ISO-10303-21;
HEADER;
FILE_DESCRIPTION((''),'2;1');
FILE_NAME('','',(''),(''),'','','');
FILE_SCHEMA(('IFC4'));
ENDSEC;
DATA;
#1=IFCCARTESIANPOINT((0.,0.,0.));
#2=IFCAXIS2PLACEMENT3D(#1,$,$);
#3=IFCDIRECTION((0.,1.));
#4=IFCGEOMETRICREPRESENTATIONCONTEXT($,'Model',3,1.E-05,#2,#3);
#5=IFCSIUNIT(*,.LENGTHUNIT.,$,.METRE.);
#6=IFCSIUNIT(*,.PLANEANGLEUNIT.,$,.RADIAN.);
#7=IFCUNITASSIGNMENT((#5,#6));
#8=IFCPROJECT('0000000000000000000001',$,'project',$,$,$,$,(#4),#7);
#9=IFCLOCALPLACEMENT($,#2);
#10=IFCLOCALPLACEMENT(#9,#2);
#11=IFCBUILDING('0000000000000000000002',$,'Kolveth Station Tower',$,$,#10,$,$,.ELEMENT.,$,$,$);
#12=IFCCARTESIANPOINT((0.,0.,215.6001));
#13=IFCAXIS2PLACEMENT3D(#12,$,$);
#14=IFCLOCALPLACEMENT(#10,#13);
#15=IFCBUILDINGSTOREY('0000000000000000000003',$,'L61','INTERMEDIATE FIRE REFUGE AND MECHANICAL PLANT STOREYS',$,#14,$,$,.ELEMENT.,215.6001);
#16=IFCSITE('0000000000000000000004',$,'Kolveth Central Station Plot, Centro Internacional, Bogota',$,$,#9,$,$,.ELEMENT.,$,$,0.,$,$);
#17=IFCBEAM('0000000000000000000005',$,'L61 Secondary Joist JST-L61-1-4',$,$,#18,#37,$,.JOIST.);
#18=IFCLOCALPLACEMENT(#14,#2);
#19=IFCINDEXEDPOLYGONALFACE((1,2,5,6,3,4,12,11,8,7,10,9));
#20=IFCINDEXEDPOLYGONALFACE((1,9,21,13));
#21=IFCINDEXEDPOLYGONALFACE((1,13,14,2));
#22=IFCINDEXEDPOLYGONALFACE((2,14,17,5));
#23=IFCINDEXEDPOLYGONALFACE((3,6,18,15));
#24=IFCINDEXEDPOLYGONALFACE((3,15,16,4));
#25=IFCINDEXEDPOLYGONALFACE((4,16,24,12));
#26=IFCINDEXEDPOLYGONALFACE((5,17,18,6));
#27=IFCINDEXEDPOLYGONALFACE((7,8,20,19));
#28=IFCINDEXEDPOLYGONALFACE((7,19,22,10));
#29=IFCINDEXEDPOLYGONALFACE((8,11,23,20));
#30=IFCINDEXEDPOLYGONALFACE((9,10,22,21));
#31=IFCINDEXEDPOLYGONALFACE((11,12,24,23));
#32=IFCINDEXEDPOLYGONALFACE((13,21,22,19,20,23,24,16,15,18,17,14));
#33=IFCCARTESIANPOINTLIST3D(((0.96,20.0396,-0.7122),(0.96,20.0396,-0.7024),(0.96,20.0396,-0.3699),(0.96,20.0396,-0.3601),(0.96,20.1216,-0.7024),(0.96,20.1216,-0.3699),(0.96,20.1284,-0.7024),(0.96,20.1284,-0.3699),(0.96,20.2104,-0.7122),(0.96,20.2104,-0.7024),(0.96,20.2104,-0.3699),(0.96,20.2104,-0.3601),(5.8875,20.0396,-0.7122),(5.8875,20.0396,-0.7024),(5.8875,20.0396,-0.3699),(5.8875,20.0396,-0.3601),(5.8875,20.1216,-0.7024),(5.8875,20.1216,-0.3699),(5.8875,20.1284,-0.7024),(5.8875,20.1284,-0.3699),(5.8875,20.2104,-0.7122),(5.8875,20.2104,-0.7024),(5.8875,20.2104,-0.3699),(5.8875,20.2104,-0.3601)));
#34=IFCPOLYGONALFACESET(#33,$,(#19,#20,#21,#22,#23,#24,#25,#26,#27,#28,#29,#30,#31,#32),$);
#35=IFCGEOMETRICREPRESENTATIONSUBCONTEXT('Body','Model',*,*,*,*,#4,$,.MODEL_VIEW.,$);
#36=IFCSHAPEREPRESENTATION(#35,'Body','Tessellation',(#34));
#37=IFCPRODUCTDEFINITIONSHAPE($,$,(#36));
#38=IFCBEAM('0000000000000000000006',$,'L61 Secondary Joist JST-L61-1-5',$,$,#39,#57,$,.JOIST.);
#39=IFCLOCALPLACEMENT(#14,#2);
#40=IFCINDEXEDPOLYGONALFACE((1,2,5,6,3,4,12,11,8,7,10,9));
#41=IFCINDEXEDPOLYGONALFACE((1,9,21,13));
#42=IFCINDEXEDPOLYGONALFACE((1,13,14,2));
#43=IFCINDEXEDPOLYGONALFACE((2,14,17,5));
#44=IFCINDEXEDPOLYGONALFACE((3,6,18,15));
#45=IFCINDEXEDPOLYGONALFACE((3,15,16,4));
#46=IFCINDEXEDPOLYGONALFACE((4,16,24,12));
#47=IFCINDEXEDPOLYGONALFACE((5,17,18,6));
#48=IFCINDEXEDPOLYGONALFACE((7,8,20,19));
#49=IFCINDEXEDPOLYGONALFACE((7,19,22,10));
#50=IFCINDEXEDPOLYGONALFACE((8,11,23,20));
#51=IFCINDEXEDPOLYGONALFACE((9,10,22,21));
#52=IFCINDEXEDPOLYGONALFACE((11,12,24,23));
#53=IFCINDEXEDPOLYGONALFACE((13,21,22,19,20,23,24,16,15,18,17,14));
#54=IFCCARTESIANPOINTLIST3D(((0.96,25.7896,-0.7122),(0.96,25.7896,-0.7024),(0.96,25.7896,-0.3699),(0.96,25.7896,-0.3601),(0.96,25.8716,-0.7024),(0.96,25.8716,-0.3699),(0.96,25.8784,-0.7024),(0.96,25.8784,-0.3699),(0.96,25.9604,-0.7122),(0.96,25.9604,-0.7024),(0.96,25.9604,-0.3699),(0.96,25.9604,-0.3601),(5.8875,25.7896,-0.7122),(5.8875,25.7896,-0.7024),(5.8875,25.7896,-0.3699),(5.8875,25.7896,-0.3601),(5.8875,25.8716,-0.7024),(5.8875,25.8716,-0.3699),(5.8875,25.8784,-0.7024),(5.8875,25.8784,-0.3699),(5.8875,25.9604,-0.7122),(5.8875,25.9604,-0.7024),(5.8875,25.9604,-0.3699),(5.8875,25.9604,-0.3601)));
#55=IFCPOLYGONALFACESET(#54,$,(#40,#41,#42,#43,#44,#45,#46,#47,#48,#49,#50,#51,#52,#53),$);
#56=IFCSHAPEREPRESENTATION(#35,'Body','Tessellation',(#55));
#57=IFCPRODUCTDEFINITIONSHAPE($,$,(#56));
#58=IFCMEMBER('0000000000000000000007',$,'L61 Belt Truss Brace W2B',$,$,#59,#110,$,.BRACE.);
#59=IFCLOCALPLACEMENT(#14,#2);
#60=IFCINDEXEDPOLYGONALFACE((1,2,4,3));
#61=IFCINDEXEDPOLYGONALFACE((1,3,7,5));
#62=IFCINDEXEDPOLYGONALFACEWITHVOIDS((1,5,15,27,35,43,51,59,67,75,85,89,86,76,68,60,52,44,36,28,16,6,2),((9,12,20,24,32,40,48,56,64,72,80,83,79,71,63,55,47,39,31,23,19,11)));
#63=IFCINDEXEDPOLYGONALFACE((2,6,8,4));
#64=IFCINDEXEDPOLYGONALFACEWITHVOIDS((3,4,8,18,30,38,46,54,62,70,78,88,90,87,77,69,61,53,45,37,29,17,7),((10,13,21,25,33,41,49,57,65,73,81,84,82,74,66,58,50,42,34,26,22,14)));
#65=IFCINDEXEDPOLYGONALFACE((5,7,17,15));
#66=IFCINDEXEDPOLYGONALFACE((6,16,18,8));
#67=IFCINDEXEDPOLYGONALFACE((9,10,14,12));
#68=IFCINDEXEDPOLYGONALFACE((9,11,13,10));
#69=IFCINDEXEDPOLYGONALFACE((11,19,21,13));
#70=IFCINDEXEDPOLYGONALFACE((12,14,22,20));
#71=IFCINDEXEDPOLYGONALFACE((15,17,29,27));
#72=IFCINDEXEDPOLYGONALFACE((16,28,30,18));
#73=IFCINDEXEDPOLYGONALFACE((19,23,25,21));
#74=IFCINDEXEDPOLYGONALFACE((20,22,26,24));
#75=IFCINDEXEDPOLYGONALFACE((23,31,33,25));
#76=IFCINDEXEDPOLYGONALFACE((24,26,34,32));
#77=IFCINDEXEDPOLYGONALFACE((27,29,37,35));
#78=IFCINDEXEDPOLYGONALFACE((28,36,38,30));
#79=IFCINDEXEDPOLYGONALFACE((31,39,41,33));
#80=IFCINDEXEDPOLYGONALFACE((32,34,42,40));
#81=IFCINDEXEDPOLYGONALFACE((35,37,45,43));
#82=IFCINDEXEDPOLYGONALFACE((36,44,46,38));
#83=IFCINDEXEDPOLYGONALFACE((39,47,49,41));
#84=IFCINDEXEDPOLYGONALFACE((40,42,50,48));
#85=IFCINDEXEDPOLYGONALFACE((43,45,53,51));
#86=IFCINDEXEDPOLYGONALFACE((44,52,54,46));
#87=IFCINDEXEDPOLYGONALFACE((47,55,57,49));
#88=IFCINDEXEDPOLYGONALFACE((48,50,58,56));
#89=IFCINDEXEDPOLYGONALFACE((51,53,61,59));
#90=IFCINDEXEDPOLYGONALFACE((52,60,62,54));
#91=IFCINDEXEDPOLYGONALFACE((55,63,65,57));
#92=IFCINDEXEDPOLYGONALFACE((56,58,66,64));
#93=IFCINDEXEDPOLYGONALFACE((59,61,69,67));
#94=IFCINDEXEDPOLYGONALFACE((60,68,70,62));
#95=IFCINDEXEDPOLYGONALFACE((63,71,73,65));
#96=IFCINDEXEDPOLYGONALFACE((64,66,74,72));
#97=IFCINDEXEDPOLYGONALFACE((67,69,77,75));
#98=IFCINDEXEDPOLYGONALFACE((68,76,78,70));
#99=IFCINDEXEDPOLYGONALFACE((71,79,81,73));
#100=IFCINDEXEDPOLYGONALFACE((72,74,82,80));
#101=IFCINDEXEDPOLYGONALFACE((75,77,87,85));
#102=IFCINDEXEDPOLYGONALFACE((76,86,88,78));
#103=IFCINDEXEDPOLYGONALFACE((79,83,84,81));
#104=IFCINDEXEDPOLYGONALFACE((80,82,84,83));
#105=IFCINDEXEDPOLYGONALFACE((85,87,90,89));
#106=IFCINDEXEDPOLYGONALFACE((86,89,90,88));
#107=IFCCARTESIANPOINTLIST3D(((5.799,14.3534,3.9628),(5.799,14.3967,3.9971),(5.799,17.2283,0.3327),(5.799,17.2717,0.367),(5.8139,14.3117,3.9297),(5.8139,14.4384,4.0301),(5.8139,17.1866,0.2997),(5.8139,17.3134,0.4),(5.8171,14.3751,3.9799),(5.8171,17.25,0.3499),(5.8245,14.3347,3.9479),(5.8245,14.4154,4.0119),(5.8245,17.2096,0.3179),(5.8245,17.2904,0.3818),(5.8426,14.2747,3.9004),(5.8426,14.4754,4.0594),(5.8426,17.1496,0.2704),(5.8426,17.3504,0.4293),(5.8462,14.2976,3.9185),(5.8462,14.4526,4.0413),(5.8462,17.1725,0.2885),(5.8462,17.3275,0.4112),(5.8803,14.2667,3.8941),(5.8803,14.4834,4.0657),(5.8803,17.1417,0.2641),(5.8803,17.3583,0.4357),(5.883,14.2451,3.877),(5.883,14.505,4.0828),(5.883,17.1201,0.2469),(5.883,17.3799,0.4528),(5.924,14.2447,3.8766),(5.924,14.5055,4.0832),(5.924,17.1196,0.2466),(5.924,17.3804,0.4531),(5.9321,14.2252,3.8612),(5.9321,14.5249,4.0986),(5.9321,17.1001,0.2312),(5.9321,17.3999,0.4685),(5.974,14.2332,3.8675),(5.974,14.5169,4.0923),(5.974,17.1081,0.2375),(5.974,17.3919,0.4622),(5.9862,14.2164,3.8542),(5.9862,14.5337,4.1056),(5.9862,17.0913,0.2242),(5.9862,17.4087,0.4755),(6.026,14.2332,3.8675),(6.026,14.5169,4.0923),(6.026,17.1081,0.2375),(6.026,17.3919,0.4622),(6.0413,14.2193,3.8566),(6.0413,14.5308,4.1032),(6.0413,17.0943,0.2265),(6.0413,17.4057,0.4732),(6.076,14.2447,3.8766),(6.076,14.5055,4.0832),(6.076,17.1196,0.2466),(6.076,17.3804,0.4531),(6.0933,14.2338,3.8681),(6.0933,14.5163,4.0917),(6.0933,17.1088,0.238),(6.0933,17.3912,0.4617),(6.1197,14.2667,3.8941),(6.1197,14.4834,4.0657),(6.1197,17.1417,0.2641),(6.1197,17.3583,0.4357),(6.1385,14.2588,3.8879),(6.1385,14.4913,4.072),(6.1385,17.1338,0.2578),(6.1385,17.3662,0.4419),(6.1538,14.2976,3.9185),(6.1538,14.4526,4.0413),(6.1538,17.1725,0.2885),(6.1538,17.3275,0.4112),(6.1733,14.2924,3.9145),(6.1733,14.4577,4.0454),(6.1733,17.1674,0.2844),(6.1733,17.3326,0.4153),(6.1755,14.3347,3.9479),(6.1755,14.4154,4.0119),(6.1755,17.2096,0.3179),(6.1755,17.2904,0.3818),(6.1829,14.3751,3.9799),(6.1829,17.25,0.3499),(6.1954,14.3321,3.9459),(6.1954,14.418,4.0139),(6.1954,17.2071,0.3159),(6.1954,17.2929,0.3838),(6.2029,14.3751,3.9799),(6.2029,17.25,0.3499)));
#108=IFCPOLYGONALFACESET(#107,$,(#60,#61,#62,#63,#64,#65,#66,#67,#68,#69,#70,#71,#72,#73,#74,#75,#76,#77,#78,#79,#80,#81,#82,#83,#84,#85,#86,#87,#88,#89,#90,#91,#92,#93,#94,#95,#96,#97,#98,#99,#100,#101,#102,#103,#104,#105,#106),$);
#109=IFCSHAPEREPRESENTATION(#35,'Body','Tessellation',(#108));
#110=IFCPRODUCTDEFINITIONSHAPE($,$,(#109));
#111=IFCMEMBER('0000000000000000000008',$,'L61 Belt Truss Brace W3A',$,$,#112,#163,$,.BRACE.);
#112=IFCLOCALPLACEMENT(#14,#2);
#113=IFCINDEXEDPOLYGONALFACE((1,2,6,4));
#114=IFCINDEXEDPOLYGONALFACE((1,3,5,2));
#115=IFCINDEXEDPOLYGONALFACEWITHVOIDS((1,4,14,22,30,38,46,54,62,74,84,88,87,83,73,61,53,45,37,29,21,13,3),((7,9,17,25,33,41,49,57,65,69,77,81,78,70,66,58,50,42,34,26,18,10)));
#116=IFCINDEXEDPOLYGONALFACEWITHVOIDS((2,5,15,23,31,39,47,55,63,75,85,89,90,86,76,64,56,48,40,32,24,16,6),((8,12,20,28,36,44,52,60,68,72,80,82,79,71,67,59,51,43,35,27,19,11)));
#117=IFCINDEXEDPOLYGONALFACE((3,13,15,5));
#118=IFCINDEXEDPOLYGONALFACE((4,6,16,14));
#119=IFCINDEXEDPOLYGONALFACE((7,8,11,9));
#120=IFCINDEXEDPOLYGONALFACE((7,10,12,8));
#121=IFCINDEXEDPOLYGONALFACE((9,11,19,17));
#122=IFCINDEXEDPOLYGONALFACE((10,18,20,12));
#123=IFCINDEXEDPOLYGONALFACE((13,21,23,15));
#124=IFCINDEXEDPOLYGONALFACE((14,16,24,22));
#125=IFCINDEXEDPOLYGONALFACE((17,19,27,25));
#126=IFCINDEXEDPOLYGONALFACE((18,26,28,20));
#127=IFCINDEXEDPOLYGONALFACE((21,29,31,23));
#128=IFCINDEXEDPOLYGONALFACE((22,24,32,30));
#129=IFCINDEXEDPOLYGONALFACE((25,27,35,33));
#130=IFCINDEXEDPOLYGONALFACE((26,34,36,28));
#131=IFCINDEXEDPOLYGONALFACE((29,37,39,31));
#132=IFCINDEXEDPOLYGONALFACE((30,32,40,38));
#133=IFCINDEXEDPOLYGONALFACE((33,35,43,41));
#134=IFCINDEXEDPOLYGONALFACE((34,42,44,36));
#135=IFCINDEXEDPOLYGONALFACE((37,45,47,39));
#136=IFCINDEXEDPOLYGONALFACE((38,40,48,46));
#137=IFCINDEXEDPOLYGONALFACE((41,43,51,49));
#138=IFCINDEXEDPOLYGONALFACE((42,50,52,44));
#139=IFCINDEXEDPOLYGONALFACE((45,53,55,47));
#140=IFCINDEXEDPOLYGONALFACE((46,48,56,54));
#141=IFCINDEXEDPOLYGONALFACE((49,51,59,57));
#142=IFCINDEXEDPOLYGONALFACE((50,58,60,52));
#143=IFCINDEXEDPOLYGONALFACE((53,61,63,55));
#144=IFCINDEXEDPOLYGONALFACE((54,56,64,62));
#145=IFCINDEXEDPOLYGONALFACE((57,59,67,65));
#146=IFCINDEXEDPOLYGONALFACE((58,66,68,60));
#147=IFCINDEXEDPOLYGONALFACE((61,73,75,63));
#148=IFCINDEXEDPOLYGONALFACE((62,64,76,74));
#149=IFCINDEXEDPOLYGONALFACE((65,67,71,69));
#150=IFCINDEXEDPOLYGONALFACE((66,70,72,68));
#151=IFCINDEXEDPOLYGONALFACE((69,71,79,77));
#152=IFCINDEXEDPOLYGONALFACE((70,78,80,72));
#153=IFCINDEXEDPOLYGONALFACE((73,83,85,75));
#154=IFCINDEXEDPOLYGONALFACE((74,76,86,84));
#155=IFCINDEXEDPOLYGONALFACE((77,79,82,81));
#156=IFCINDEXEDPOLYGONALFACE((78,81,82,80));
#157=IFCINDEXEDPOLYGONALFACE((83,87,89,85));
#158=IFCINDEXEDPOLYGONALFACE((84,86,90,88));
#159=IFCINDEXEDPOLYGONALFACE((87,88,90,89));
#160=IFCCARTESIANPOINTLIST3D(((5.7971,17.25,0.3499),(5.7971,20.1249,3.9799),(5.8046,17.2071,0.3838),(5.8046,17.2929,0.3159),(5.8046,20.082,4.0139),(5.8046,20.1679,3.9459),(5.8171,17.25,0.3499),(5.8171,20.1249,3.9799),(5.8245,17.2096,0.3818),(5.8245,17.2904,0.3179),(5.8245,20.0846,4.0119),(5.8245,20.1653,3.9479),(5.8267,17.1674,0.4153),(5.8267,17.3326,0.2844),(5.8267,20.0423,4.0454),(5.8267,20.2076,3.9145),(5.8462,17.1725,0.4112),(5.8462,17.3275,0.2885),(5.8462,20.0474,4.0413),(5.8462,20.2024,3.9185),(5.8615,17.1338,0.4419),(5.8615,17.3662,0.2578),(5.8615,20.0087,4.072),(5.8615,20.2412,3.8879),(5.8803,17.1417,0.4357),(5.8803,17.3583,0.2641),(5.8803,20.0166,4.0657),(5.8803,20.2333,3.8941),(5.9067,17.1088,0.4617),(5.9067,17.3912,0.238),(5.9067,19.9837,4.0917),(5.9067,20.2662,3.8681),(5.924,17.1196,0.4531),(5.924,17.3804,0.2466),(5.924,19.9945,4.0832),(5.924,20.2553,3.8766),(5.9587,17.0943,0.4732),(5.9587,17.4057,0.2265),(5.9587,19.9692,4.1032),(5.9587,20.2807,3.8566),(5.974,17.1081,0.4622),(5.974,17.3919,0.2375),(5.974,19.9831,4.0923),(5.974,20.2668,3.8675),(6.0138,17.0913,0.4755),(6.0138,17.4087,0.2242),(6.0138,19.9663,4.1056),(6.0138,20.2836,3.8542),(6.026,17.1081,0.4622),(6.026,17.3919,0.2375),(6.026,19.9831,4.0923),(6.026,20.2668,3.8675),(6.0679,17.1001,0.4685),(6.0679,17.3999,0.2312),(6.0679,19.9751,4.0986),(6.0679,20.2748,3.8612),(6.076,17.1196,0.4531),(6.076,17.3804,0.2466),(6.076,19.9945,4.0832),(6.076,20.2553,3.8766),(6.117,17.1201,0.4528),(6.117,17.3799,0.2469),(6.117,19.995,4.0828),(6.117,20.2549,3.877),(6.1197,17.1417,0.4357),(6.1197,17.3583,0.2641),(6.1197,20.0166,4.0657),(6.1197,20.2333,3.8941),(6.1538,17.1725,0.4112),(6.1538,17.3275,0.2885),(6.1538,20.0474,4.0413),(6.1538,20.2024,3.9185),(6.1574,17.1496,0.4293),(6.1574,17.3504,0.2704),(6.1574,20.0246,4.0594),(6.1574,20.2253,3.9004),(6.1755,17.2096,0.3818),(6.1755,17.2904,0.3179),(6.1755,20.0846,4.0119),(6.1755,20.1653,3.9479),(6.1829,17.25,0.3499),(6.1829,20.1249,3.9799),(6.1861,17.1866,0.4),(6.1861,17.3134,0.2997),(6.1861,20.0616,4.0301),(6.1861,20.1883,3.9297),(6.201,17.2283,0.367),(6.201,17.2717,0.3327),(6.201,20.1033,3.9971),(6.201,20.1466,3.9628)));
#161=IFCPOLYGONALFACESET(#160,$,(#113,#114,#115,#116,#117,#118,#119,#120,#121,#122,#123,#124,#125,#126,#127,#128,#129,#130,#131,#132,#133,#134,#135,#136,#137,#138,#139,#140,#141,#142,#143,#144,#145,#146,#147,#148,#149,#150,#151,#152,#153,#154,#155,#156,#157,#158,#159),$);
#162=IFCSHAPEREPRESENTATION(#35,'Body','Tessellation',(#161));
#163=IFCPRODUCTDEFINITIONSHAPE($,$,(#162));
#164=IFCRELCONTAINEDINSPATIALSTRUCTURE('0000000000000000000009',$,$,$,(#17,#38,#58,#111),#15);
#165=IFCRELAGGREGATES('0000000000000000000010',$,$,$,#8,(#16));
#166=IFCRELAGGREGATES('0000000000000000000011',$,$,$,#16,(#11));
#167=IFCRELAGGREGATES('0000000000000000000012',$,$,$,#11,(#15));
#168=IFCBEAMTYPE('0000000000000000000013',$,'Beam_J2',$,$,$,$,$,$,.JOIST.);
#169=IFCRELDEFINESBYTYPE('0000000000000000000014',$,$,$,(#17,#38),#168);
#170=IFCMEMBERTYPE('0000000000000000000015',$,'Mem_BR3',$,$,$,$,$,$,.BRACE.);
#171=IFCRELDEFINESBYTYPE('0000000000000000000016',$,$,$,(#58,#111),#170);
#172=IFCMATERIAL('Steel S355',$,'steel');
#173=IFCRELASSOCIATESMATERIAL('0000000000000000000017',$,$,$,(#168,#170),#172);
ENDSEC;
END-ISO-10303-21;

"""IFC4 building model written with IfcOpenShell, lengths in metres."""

from ifc_helpers import new_model, si_unit, direction, frame, origin, origin_2d, place, context, subcontext, project, spatial, hollow_circle, i_section, extrude, source, transform, mapped, material, material_profile, profile_set, type_object, element, save


model = new_model("IFC4")

# Units and contexts
model_context = context("Model", 3, precision=1e-05, world=origin(), true_north=direction((0.0, 1.0)))
body_context = subcontext(model_context, "Body", "Model", "MODEL_VIEW")
ifc_project = project(units=[si_unit("LENGTHUNIT", "METRE"), si_unit("PLANEANGLEUNIT", "RADIAN")], contexts=[model_context])

# Site, building, storey
site_placement = place(None, origin())
site = spatial("IfcSite", under=ifc_project, at=site_placement, Name="Kolveth Central Station Plot, Centro Internacional, Bogota", CompositionType="ELEMENT", RefElevation=0.0)
building_placement = place(site_placement, origin())
building = spatial("IfcBuilding", under=site, at=building_placement, Name="Kolveth Station Tower", CompositionType="ELEMENT")
storey_placement = place(building_placement, frame((0.0, 0.0, 215.6001)))
storey = spatial("IfcBuildingStorey", under=building, at=storey_placement, Name="L61", Description="INTERMEDIATE FIRE REFUGE AND MECHANICAL PLANT STOREYS", CompositionType="ELEMENT", Elevation=215.6001)

# Shared definitions
ifc_material_1 = material(Name="Steel S355", Category="steel")

# Beams
ifc_material_profile_1 = material_profile(ifc_material_1, i_section(OverallWidth=0.1709, OverallDepth=0.3521, WebThickness=0.0068, FlangeThickness=0.0098, at=origin_2d()), Name="W360x44")
ifc_profile_set_1 = profile_set([ifc_material_profile_1], Name="Steel S355")
beam_type_1 = type_object("IfcBeamType", Name="Beam_J2", PredefinedType="JOIST", material=ifc_profile_set_1)
shared_shape_1 = source(origin(), body_context, "Body", "SweptSolid", [
    extrude(i_section(OverallWidth=0.1709, OverallDepth=0.3521, WebThickness=0.0068, FlangeThickness=0.0098, at=origin_2d()), origin(), (0.0, 0.0, 1.0), 4.9275),
])
for number, where, z_axis, x_axis, name in (
    (1, (0.96, 20.125, -0.5361), (1.0, 0.0, 0.0), (0.0, 1.0, 0.0), "L61 Secondary Joist JST-L61-1-4"),
    (2, (0.96, 25.875, -0.5361), (1.0, 0.0, 0.0), (0.0, 1.0, 0.0), "L61 Secondary Joist JST-L61-1-5"),
):
    element("IfcBeam", number, at=place(storey_placement, frame(where, z_axis=z_axis, x_axis=x_axis)), inside=storey, type_object=beam_type_1, Name=name, PredefinedType="JOIST", context=body_context, shape_type="MappedRepresentation", body=[
        mapped(shared_shape_1, transform((0.0, 0.0, 0.0), x_axis=(1.0, 0.0, 0.0), y_axis=(0.0, 1.0, 0.0), z_axis=(0.0, 0.0, 1.0), scale=1.0)),
    ])

# Members
ifc_material_profile_2 = material_profile(ifc_material_1, hollow_circle(Radius=0.2029, WallThickness=0.02, at=origin_2d()), Name="CHS406x20")
ifc_profile_set_2 = profile_set([ifc_material_profile_2], Name="Steel S355")
member_type = type_object("IfcMemberType", Name="Mem_BR3", PredefinedType="BRACE", material=ifc_profile_set_2)
shared_shape_2 = source(origin(), body_context, "Body", "SweptSolid", [
    extrude(hollow_circle(Radius=0.2029, WallThickness=0.02, at=origin_2d()), origin(), (0.0, 0.0, 1.0), 4.6306),
])
for number, where, z_axis, x_axis, name in (
    (3, (6.0, 17.25, 0.3499), (0.0, -0.620856, 0.783925), (1.0, 0.0, 0.0), "L61 Belt Truss Brace W2B"),
    (4, (6.0, 17.25, 0.3499), (0.0, 0.620856, 0.783925), (-1.0, 0.0, 0.0), "L61 Belt Truss Brace W3A"),
):
    element("IfcMember", number, at=place(storey_placement, frame(where, z_axis=z_axis, x_axis=x_axis)), inside=storey, type_object=member_type, Name=name, PredefinedType="BRACE", context=body_context, shape_type="MappedRepresentation", body=[
        mapped(shared_shape_2, transform((0.0, 0.0, 0.0), x_axis=(1.0, 0.0, 0.0), y_axis=(0.0, 1.0, 0.0), z_axis=(0.0, 0.0, 1.0), scale=1.0)),
    ])

save(model, "model.ifc")
